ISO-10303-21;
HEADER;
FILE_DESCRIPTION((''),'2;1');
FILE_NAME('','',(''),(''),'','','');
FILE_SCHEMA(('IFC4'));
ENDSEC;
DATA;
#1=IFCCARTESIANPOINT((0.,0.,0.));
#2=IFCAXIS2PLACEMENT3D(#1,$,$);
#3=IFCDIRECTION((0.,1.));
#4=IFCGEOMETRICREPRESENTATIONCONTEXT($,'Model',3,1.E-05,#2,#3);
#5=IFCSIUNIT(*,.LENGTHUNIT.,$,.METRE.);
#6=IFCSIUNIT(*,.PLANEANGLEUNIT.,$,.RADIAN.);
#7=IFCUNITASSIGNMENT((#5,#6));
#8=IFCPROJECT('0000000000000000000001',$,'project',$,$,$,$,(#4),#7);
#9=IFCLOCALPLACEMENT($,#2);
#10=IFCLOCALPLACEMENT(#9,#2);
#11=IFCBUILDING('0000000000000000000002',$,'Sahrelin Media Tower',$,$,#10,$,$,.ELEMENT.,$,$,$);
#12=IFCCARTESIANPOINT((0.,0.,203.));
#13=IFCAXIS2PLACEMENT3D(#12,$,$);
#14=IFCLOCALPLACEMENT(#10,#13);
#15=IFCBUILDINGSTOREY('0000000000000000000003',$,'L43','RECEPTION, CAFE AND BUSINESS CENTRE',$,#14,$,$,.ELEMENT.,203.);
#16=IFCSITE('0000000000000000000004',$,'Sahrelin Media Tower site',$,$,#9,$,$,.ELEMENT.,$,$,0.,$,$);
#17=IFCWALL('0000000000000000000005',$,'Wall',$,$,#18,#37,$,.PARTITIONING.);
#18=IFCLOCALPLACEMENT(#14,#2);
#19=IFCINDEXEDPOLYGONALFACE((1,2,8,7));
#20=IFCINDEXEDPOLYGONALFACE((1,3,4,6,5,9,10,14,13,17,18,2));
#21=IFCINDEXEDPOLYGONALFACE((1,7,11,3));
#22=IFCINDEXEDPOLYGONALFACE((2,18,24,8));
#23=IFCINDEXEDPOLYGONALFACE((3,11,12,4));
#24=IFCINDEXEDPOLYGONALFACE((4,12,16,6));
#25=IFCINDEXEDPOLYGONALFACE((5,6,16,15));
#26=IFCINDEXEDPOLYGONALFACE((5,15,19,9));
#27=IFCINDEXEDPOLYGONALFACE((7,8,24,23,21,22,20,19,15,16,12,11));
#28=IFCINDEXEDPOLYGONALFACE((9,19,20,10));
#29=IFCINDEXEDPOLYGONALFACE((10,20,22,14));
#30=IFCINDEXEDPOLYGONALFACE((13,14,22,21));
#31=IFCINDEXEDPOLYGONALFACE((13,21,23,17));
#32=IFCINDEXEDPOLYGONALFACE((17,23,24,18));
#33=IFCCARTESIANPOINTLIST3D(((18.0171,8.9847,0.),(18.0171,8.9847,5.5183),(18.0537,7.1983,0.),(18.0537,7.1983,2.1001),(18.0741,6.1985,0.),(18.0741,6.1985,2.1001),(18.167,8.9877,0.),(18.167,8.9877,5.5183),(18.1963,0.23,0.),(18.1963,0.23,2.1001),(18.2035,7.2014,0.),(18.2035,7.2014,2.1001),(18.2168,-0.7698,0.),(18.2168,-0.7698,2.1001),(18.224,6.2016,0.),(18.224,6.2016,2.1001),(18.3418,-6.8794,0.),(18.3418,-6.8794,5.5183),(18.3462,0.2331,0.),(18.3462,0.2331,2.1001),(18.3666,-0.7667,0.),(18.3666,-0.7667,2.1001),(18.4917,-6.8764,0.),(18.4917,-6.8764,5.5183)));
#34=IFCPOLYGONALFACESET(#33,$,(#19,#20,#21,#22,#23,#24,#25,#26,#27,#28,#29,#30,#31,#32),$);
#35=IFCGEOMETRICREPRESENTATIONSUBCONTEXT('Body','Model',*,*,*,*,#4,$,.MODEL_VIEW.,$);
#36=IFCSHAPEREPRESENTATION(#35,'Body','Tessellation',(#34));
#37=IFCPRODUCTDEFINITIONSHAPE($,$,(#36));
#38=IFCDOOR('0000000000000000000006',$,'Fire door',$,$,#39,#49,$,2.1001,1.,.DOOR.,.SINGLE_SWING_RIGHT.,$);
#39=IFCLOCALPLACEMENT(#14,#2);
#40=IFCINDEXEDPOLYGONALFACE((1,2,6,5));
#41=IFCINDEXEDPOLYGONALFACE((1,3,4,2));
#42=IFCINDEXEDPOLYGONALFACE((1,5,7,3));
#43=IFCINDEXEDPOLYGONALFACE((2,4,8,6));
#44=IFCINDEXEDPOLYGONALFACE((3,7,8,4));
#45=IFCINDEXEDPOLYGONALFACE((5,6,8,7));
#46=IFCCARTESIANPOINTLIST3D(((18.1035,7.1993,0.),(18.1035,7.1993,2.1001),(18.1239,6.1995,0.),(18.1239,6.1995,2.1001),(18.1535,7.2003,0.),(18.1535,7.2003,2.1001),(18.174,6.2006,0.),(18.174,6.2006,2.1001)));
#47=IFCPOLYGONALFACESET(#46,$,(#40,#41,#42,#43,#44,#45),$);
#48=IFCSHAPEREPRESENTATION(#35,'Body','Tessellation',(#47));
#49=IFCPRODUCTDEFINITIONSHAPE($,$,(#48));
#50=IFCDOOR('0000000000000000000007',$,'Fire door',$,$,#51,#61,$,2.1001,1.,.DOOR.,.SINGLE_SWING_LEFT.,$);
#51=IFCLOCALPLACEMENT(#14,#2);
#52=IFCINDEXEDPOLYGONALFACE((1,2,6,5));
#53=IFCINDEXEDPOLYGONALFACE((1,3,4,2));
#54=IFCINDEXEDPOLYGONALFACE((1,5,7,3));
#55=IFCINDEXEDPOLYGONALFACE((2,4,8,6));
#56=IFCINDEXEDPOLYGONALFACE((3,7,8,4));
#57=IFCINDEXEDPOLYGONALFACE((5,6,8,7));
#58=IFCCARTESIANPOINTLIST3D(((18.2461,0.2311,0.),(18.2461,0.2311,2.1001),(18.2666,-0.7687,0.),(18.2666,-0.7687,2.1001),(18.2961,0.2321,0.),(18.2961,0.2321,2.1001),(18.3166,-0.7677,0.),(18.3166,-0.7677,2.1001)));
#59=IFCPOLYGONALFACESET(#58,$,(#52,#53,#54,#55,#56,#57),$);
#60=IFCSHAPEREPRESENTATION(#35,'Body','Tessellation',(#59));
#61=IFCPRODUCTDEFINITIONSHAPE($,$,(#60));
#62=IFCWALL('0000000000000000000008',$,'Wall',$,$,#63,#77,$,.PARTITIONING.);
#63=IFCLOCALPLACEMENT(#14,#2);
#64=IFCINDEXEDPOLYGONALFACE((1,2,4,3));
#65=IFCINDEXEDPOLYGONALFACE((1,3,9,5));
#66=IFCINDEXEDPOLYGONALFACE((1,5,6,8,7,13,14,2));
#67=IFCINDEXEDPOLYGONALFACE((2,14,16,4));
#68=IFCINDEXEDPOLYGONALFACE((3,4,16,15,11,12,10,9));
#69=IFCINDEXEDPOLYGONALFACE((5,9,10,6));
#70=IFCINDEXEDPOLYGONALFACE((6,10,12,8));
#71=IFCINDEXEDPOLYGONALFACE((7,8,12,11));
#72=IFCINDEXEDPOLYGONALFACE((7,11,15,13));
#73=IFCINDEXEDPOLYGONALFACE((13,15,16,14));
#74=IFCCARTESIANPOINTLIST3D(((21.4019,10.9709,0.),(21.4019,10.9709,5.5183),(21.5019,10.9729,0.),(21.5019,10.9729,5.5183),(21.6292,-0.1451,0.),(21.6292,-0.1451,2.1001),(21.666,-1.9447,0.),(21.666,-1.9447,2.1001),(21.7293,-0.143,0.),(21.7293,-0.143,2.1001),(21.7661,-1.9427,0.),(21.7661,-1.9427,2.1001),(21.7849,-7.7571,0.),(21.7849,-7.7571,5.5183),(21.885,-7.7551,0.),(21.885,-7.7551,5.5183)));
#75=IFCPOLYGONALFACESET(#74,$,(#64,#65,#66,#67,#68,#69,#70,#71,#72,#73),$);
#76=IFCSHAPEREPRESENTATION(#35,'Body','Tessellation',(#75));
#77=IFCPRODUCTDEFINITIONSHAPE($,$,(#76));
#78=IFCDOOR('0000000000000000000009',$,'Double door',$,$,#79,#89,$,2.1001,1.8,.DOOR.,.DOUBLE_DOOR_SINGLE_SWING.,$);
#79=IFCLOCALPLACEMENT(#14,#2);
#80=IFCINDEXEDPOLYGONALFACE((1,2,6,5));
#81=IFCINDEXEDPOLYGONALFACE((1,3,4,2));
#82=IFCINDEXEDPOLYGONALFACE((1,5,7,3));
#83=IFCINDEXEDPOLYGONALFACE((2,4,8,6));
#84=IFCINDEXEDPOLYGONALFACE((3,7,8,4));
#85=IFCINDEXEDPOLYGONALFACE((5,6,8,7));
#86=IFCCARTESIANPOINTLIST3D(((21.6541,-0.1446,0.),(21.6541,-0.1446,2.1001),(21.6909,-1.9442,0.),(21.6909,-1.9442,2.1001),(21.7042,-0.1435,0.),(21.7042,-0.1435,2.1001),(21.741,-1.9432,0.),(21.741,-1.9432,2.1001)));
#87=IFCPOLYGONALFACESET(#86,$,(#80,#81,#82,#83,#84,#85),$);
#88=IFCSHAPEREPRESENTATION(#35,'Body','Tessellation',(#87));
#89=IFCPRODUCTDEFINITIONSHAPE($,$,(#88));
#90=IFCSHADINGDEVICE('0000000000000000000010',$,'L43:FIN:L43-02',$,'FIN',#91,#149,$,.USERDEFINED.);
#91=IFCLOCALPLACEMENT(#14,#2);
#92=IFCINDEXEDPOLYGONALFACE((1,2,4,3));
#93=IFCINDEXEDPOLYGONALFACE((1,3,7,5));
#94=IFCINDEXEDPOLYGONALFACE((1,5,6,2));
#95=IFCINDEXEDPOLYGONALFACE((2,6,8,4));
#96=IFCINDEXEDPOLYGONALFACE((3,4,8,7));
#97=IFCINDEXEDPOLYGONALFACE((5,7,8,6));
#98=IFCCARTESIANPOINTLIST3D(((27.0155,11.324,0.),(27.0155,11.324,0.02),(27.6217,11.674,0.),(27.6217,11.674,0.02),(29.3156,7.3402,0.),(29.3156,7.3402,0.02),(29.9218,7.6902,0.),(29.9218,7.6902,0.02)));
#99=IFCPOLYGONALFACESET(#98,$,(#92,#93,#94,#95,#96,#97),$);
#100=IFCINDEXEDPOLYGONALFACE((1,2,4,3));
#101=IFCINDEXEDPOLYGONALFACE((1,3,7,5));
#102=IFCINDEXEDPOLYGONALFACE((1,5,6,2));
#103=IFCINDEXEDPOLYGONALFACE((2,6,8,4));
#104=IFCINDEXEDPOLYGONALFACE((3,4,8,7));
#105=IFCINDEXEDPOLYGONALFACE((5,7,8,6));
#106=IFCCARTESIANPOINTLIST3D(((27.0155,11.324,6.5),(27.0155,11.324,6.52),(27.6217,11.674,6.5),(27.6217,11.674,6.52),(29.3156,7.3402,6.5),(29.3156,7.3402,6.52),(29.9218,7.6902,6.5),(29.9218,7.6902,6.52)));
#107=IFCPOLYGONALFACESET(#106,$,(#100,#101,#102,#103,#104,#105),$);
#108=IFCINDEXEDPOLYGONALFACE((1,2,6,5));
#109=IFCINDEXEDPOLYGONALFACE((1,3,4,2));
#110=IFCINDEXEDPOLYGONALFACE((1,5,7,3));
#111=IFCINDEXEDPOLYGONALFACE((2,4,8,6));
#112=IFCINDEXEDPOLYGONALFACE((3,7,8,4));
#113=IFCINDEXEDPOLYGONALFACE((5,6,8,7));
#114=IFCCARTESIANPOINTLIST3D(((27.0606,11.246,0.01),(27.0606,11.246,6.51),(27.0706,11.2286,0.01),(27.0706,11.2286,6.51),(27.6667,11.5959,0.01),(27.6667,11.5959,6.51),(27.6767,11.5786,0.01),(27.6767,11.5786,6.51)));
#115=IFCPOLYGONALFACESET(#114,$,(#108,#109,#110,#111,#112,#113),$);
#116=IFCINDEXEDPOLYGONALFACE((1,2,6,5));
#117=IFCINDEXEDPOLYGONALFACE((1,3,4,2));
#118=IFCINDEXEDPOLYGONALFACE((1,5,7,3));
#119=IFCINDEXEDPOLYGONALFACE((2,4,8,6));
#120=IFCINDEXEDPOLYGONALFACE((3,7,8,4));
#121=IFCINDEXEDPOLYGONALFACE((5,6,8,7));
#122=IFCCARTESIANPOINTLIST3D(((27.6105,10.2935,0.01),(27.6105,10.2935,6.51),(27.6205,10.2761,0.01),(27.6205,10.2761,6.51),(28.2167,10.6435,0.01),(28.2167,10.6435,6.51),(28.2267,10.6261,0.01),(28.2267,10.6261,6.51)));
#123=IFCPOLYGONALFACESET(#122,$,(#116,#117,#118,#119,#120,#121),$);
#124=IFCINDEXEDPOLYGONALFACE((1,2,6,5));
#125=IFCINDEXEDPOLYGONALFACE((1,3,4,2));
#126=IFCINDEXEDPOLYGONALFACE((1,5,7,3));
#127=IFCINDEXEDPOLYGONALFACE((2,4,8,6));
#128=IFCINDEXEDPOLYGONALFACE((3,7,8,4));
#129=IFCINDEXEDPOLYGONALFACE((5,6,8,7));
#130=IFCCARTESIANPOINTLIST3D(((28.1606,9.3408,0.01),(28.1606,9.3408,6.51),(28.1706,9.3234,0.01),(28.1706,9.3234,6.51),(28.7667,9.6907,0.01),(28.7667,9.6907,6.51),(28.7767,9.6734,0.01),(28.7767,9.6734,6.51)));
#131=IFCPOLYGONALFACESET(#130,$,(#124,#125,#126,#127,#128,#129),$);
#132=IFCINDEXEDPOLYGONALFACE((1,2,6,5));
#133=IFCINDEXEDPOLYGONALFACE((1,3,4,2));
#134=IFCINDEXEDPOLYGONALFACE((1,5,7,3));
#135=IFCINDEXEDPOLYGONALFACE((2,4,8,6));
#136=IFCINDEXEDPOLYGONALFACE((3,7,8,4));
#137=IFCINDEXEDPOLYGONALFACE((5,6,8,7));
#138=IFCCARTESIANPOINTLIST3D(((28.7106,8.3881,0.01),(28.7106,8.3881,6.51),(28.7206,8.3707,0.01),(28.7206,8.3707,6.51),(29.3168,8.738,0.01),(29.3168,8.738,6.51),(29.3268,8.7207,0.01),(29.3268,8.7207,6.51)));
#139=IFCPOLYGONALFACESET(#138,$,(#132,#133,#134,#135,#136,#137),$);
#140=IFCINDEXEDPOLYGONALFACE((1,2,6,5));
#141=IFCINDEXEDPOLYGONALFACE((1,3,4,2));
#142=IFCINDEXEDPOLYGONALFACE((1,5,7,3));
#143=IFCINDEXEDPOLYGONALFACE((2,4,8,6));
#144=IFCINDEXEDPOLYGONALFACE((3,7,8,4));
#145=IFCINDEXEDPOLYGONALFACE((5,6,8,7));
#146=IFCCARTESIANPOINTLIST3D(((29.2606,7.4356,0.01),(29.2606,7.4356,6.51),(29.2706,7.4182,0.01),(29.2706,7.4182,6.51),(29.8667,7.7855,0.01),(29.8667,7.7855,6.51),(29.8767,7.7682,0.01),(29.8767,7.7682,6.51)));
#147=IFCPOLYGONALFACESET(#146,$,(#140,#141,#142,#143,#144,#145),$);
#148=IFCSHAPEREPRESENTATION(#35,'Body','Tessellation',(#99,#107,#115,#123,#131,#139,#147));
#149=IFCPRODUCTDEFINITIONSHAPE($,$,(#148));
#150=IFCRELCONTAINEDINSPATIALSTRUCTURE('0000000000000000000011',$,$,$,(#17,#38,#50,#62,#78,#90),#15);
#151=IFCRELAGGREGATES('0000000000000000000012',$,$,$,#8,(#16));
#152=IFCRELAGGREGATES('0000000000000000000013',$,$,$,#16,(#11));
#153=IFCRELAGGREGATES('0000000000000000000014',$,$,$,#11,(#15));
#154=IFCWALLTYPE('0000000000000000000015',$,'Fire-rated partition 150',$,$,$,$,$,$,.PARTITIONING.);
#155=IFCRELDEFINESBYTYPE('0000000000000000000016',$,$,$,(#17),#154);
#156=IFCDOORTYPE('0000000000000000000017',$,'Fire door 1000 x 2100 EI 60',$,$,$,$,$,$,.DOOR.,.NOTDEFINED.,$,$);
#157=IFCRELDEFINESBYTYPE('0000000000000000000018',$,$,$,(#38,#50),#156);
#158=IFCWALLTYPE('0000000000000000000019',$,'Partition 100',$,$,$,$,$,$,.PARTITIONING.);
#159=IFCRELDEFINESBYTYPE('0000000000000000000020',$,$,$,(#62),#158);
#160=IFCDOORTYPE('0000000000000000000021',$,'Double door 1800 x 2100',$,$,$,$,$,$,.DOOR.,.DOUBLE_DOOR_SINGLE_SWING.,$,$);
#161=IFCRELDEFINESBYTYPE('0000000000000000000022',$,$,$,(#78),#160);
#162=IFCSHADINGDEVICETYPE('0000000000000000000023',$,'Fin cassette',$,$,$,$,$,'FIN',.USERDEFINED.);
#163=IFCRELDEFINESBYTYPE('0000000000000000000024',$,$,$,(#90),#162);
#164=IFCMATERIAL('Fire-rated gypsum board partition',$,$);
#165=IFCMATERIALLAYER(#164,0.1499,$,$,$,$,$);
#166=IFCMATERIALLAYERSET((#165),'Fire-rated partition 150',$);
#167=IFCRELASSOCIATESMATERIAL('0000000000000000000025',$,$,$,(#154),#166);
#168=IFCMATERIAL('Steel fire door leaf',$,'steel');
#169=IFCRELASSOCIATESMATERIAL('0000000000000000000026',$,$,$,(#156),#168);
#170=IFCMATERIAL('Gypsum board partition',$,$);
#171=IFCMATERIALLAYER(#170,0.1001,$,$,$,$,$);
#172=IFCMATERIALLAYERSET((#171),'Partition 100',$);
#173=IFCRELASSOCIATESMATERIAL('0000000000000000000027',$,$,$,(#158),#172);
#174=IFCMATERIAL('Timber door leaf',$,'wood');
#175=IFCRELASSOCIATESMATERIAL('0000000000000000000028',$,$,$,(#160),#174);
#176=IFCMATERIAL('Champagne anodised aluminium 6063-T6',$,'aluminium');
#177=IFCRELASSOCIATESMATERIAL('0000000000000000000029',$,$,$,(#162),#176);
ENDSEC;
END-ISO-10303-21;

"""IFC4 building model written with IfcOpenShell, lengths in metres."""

from ifc_helpers import new_model, si_unit, direction, frame, frame_2d, origin, origin_2d, place, context, subcontext, project, spatial, rectangle, extrude, material, layer, layer_set, type_object, element, fill, save


model = new_model("IFC4")

# Units and contexts
model_context = context("Model", 3, precision=1e-05, world=origin(), true_north=direction((0.0, 1.0)))
body_context = subcontext(model_context, "Body", "Model", "MODEL_VIEW")
ifc_project = project(units=[si_unit("LENGTHUNIT", "METRE"), si_unit("PLANEANGLEUNIT", "RADIAN")], contexts=[model_context])

# Site, building, storey
site_placement = place(None, origin())
site = spatial("IfcSite", under=ifc_project, at=site_placement, Name="Sahrelin Media Tower site", CompositionType="ELEMENT", RefElevation=0.0)
building_placement = place(site_placement, origin())
building = spatial("IfcBuilding", under=site, at=building_placement, Name="Sahrelin Media Tower", CompositionType="ELEMENT")
storey_placement = place(building_placement, frame((0.0, 0.0, 203.0)))
storey = spatial("IfcBuildingStorey", under=building, at=storey_placement, Name="L43", Description="RECEPTION, CAFE AND BUSINESS CENTRE", CompositionType="ELEMENT", Elevation=203.0)

# Shared definitions
ifc_material_1 = material(Name="Champagne anodised aluminium 6063-T6", Category="aluminium")

# Wall, openings, doors
ifc_material_2 = material(Name="Fire-rated gypsum board partition")
ifc_layer_1 = layer(ifc_material_2, 0.1499)
ifc_layer_set_1 = layer_set([ifc_layer_1], Name="Fire-rated partition 150")
wall_type_1 = type_object("IfcWallType", Name="Fire-rated partition 150", PredefinedType="PARTITIONING", material=ifc_layer_set_1)
wall_1_placement = place(storey_placement, frame((18.092, 8.9861, 0.0), z_axis=(0.0, 0.0, 1.0), x_axis=(0.020464, -0.999791, 0.0)))
wall_1 = element("IfcWall", 1, at=wall_1_placement, inside=storey, type_object=wall_type_1, Name="Wall", PredefinedType="PARTITIONING", context=body_context, shape_type="SweptSolid", body=[
    extrude(rectangle(XDim=15.8674, YDim=0.1499, at=frame_2d((7.9336, 0.0))), origin(), (0.0, 0.0, 1.0), 5.5183),
])
opening_1_placement = place(wall_1_placement, frame((1.7866, 0.0, 0.0)))
opening_1 = element("IfcOpeningElement", 2, at=opening_1_placement, cuts=wall_1, PredefinedType="OPENING", context=body_context, shape_type="SweptSolid", body=[
    extrude(rectangle(XDim=1.0, YDim=2.1001, at=frame_2d((0.5, 1.05))), frame((0.0, 0.075, 0.0), z_axis=(0.0, -1.0, 0.0), x_axis=(1.0, 0.0, 0.0)), (0.0, 0.0, 1.0), 0.1499),
])
opening_2_placement = place(wall_1_placement, frame((8.7563, 0.0, 0.0)))
opening_2 = element("IfcOpeningElement", 3, at=opening_2_placement, cuts=wall_1, PredefinedType="OPENING", context=body_context, shape_type="SweptSolid", body=[
    extrude(rectangle(XDim=1.0, YDim=2.1001, at=frame_2d((0.5, 1.05))), frame((0.0, 0.075, 0.0), z_axis=(0.0, -1.0, 0.0), x_axis=(1.0, 0.0, 0.0)), (0.0, 0.0, 1.0), 0.1499),
])
ifc_material_3 = material(Name="Steel fire door leaf", Category="steel")
door_type_1 = type_object("IfcDoorType", Name="Fire door 1000 x 2100 EI 60", OperationType="NOTDEFINED", PredefinedType="DOOR", material=ifc_material_3)
door_1_placement = place(opening_1_placement, origin())
door_1 = element("IfcDoor", 4, at=door_1_placement, inside=storey, type_object=door_type_1, Name="Fire door", OperationType="SINGLE_SWING_RIGHT", OverallHeight=2.1001, OverallWidth=1.0, PredefinedType="DOOR", context=body_context, shape_type="SweptSolid", body=[
    extrude(rectangle(XDim=1.0, YDim=2.1001, at=frame_2d((0.5, 1.05))), frame((0.0, 0.0249, 0.0), z_axis=(0.0, -1.0, 0.0), x_axis=(1.0, 0.0, 0.0)), (0.0, 0.0, 1.0), 0.05),
])
fill(opening_1, door_1)
door_2_placement = place(opening_2_placement, origin())
door_2 = element("IfcDoor", 5, at=door_2_placement, inside=storey, type_object=door_type_1, Name="Fire door", OperationType="SINGLE_SWING_LEFT", OverallHeight=2.1001, OverallWidth=1.0, PredefinedType="DOOR", context=body_context, shape_type="SweptSolid", body=[
    extrude(rectangle(XDim=1.0, YDim=2.1001, at=frame_2d((0.5, 1.05))), frame((0.0, 0.0249, 0.0), z_axis=(0.0, -1.0, 0.0), x_axis=(1.0, 0.0, 0.0)), (0.0, 0.0, 1.0), 0.05),
])
fill(opening_2, door_2)

# Wall, opening, door
ifc_material_4 = material(Name="Gypsum board partition")
ifc_layer_2 = layer(ifc_material_4, 0.1001)
ifc_layer_set_2 = layer_set([ifc_layer_2], Name="Partition 100")
wall_type_2 = type_object("IfcWallType", Name="Partition 100", PredefinedType="PARTITIONING", material=ifc_layer_set_2)
wall_2_placement = place(storey_placement, frame((21.4519, 10.9719, 0.0), z_axis=(0.0, 0.0, 1.0), x_axis=(0.020449, -0.999791, 0.0)))
wall_2 = element("IfcWall", 6, at=wall_2_placement, inside=storey, type_object=wall_type_2, Name="Wall", PredefinedType="PARTITIONING", context=body_context, shape_type="SweptSolid", body=[
    extrude(rectangle(XDim=18.7319, YDim=0.1001, at=frame_2d((9.366, 0.0))), origin(), (0.0, 0.0, 1.0), 5.5183),
])
opening_3_placement = place(wall_2_placement, frame((11.1184, 0.0, 0.0)))
opening_3 = element("IfcOpeningElement", 7, at=opening_3_placement, cuts=wall_2, PredefinedType="OPENING", context=body_context, shape_type="SweptSolid", body=[
    extrude(rectangle(XDim=1.8, YDim=2.1001, at=frame_2d((0.8999, 1.05))), frame((0.0, 0.05, 0.0), z_axis=(0.0, -1.0, 0.0), x_axis=(1.0, 0.0, 0.0)), (0.0, 0.0, 1.0), 0.1001),
])
ifc_material_5 = material(Name="Timber door leaf", Category="wood")
door_type_2 = type_object("IfcDoorType", Name="Double door 1800 x 2100", OperationType="DOUBLE_DOOR_SINGLE_SWING", PredefinedType="DOOR", material=ifc_material_5)
door_3_placement = place(opening_3_placement, origin())
door_3 = element("IfcDoor", 8, at=door_3_placement, inside=storey, type_object=door_type_2, Name="Double door", OperationType="DOUBLE_DOOR_SINGLE_SWING", OverallHeight=2.1001, OverallWidth=1.8, PredefinedType="DOOR", context=body_context, shape_type="SweptSolid", body=[
    extrude(rectangle(XDim=1.8, YDim=2.1001, at=frame_2d((0.8999, 1.05))), frame((0.0, 0.0249, 0.0), z_axis=(0.0, -1.0, 0.0), x_axis=(1.0, 0.0, 0.0)), (0.0, 0.0, 1.0), 0.05),
])
fill(opening_3, door_3)

# Shading device
shading_device_type_1 = type_object("IfcShadingDeviceType", Name="Fin cassette", ElementType="FIN", PredefinedType="USERDEFINED", material=ifc_material_1)
placement_1 = place(storey_placement, frame((28.105, 9.2971, 0.0), z_axis=(0.0, 0.0, 1.0), x_axis=(0.500011, -0.866019, 0.0)))
element("IfcShadingDevice", 9, at=placement_1, inside=storey, type_object=shading_device_type_1, Name="L43:FIN:L43-02", ObjectType="FIN", PredefinedType="USERDEFINED", context=body_context, shape_type="SweptSolid", body=[
    extrude(rectangle(XDim=4.6001, YDim=0.7, at=origin_2d()), frame((0.0, 0.4199, 0.0)), (0.0, 0.0, 1.0), 0.02),
    extrude(rectangle(XDim=4.6001, YDim=0.7, at=origin_2d()), frame((0.0, 0.4199, 6.5)), (0.0, 0.0, 1.0), 0.02),
    extrude(rectangle(XDim=0.02, YDim=0.7, at=origin_2d()), frame((-2.2, 0.4199, 0.01), z_axis=(0.0, 0.0, 1.0), x_axis=(1.0, 0.0, 0.0)), (0.0, 0.0, 1.0), 6.5),
    extrude(rectangle(XDim=0.02, YDim=0.7, at=origin_2d()), frame((-1.1001, 0.4199, 0.01), z_axis=(0.0, 0.0, 1.0), x_axis=(1.0, 0.0, 0.0)), (0.0, 0.0, 1.0), 6.5),
    extrude(rectangle(XDim=0.02, YDim=0.7, at=origin_2d()), frame((0.0, 0.4199, 0.01), z_axis=(0.0, 0.0, 1.0), x_axis=(1.0, 0.0, 0.0)), (0.0, 0.0, 1.0), 6.5),
    extrude(rectangle(XDim=0.02, YDim=0.7, at=origin_2d()), frame((1.1001, 0.4199, 0.01), z_axis=(0.0, 0.0, 1.0), x_axis=(1.0, 0.0, 0.0)), (0.0, 0.0, 1.0), 6.5),
    extrude(rectangle(XDim=0.02, YDim=0.7, at=origin_2d()), frame((2.2, 0.4199, 0.01), z_axis=(0.0, 0.0, 1.0), x_axis=(1.0, 0.0, 0.0)), (0.0, 0.0, 1.0), 6.5),
])

save(model, "model.ifc")
